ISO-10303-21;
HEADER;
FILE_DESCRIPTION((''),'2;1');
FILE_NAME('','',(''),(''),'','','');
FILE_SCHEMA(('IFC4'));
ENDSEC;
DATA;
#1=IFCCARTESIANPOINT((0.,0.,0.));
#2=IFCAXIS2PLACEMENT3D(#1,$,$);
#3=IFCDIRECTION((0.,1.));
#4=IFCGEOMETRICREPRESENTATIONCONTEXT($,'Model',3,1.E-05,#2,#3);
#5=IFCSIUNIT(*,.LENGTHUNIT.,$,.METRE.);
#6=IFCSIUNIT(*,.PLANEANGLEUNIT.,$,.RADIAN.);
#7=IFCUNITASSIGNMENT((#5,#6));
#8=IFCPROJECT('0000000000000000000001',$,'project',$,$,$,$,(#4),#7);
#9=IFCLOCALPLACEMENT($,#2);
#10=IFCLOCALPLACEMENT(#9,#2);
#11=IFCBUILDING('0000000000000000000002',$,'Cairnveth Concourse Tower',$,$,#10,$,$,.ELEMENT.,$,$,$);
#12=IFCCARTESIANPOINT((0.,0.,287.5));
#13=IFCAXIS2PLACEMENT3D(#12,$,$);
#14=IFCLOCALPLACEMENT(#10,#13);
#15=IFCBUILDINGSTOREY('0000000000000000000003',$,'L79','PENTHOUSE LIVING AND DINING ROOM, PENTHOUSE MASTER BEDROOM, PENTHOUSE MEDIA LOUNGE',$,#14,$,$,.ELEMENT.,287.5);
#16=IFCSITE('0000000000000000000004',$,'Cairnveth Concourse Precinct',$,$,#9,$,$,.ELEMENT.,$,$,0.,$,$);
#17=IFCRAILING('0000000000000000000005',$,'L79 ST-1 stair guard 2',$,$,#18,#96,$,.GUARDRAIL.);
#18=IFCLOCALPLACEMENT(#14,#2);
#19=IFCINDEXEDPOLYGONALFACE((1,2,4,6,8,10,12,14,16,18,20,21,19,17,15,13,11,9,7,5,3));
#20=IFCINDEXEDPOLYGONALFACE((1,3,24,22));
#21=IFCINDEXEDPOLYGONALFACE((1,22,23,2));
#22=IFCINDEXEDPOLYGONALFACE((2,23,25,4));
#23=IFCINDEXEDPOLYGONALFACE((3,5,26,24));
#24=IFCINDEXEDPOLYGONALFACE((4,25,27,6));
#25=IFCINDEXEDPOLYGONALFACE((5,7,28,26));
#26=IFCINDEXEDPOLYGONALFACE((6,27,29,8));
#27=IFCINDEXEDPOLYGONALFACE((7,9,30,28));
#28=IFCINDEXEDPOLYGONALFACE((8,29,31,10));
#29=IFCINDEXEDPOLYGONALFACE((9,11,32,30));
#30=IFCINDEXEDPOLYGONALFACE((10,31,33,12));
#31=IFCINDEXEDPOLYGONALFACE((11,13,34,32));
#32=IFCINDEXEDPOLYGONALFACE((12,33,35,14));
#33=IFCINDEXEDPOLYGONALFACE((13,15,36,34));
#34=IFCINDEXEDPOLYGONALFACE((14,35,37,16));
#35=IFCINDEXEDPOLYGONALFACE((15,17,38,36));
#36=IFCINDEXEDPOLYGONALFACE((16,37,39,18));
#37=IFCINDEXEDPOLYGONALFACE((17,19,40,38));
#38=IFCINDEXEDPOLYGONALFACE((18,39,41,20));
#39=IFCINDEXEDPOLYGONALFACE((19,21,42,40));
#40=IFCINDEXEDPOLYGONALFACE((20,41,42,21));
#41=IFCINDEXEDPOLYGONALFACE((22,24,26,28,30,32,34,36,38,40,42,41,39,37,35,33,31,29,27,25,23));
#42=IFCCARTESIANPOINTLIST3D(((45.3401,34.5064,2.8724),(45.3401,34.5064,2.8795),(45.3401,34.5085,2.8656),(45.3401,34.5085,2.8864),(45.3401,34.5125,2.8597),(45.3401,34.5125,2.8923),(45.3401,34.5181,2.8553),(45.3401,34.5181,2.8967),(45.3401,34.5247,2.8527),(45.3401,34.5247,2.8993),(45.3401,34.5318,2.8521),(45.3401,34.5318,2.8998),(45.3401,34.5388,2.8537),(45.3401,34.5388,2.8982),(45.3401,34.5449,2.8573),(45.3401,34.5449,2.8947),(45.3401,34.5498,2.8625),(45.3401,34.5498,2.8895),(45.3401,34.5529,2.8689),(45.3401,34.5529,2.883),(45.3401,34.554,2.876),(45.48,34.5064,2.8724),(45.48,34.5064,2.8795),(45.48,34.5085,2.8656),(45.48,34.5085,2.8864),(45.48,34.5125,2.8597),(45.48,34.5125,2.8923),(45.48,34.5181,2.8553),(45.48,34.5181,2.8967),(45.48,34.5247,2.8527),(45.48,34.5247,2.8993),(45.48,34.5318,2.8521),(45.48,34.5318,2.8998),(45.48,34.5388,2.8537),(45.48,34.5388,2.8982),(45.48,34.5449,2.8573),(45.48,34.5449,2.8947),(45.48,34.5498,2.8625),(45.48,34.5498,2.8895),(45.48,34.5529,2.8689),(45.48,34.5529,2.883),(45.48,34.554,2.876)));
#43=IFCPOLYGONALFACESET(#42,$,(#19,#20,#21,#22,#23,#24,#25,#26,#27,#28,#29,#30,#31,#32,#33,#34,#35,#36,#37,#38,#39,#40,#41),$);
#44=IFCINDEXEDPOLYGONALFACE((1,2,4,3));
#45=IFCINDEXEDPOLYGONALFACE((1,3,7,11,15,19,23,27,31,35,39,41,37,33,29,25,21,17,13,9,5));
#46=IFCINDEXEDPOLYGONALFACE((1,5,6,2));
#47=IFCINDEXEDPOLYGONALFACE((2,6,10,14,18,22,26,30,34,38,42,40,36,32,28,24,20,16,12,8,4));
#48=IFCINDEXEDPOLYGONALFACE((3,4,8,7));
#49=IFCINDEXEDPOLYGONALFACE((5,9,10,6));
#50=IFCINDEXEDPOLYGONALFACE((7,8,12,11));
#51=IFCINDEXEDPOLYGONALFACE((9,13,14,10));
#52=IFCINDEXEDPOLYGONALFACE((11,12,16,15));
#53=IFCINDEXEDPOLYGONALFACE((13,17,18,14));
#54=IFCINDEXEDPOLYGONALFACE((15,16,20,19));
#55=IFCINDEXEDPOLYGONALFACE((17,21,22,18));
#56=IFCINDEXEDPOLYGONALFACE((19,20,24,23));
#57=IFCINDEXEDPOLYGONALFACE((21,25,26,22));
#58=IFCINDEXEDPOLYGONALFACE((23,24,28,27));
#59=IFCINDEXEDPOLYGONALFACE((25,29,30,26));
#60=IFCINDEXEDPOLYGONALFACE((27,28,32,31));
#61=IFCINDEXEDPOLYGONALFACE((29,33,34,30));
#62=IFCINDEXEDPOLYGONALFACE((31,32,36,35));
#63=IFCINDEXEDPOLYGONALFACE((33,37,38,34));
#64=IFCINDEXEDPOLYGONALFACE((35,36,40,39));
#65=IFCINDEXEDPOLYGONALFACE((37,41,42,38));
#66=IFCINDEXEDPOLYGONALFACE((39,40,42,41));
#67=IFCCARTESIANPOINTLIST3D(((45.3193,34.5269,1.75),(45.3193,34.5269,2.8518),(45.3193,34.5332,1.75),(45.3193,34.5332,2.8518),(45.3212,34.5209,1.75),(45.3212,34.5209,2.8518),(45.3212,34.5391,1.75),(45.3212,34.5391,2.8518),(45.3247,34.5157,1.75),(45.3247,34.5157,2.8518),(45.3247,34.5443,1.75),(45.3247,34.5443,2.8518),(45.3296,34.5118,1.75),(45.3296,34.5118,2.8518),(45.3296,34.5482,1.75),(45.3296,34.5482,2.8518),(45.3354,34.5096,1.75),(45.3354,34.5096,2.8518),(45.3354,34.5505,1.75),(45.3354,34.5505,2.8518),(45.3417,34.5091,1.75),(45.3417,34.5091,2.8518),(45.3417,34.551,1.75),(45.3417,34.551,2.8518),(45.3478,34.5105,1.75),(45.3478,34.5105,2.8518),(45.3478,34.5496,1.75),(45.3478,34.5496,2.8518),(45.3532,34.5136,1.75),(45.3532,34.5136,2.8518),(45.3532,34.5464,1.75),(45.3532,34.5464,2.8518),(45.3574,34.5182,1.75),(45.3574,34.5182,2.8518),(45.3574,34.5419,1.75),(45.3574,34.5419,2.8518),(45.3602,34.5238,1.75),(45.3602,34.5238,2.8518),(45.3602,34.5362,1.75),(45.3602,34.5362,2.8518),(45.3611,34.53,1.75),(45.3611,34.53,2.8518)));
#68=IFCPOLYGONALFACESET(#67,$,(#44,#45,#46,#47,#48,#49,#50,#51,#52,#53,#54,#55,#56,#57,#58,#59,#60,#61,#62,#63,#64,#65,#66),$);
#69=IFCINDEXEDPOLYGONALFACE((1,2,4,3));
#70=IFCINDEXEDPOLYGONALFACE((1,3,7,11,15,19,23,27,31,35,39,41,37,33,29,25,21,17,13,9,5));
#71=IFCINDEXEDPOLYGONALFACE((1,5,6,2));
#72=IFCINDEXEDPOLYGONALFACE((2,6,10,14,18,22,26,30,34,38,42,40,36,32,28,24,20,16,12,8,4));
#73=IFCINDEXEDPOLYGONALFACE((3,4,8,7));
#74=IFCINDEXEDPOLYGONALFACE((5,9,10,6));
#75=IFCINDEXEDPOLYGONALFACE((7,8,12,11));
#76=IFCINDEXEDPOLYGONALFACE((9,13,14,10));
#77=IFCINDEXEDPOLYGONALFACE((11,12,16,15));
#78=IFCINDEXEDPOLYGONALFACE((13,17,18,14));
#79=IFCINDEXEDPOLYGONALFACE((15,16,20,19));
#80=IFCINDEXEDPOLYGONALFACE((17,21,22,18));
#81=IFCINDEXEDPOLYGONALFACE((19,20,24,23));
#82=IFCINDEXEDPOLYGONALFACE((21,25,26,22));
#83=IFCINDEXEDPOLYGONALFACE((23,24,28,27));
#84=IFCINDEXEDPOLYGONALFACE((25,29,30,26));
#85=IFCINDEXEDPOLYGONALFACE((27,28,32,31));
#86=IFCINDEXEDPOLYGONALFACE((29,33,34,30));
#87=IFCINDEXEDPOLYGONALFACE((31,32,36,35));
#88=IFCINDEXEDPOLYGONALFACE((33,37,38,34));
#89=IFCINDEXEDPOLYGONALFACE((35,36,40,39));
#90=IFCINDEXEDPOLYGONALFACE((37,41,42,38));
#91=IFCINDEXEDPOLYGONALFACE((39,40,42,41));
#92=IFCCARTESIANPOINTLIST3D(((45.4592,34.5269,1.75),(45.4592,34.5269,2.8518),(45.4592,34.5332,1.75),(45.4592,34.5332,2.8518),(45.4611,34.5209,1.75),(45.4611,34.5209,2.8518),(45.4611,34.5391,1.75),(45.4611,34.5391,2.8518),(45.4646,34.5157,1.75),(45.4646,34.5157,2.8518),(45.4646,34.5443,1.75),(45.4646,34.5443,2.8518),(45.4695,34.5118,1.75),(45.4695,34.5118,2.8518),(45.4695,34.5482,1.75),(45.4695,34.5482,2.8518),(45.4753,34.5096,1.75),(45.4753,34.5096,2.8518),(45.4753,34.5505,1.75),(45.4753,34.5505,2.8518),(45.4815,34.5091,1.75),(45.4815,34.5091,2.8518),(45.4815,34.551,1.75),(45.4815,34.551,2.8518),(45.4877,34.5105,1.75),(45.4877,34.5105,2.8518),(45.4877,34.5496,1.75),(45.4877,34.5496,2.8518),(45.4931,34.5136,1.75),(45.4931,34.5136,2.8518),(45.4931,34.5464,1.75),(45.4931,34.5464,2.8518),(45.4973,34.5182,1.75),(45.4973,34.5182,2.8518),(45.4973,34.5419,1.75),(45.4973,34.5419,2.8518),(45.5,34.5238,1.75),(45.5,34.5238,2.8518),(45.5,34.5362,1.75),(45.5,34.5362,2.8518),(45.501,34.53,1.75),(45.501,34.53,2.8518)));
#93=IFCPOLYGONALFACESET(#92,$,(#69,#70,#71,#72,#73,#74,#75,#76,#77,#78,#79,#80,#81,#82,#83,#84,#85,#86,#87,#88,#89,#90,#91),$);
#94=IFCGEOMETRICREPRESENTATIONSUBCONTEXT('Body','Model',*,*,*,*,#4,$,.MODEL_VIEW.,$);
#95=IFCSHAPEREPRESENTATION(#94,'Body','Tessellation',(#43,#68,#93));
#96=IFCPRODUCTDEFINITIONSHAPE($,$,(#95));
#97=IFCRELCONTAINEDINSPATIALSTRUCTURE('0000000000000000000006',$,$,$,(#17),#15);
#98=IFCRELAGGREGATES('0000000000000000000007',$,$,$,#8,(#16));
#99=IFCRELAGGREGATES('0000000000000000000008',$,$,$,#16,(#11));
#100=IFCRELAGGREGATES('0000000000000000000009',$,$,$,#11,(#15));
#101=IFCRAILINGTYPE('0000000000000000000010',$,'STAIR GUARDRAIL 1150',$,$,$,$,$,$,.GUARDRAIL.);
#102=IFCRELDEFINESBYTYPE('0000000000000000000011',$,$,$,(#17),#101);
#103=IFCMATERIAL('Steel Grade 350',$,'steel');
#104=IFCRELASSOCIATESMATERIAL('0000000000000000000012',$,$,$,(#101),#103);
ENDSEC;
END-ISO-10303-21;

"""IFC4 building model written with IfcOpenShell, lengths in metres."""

from ifc_helpers import new_model, si_unit, direction, frame, origin, origin_2d, place, context, subcontext, project, spatial, circle, extrude, material, type_object, element, save


model = new_model("IFC4")

# Units and contexts
model_context = context("Model", 3, precision=1e-05, world=origin(), true_north=direction((0.0, 1.0)))
body_context = subcontext(model_context, "Body", "Model", "MODEL_VIEW")
ifc_project = project(units=[si_unit("LENGTHUNIT", "METRE"), si_unit("PLANEANGLEUNIT", "RADIAN")], contexts=[model_context])

# Site, building, storey
site_placement = place(None, origin())
site = spatial("IfcSite", under=ifc_project, at=site_placement, Name="Cairnveth Concourse Precinct", CompositionType="ELEMENT", RefElevation=0.0)
building_placement = place(site_placement, origin())
building = spatial("IfcBuilding", under=site, at=building_placement, Name="Cairnveth Concourse Tower", CompositionType="ELEMENT")
storey_placement = place(building_placement, frame((0.0, 0.0, 287.5)))
storey = spatial("IfcBuildingStorey", under=building, at=storey_placement, Name="L79", Description="PENTHOUSE LIVING AND DINING ROOM, PENTHOUSE MASTER BEDROOM, PENTHOUSE MEDIA LOUNGE", CompositionType="ELEMENT", Elevation=287.5)

# Shared definitions
ifc_material_1 = material(Name="Steel Grade 350", Category="steel")

# Railing
railing_type_1 = type_object("IfcRailingType", Name="STAIR GUARDRAIL 1150", PredefinedType="GUARDRAIL", material=ifc_material_1)
railing_1_placement = place(storey_placement, frame((45.3401, 34.53, 1.75)))
element("IfcRailing", 1, at=railing_1_placement, inside=storey, type_object=railing_type_1, Name="L79 ST-1 stair guard 2", PredefinedType="GUARDRAIL", context=body_context, shape_type="SweptSolid", body=[
    extrude(circle(Radius=0.0239, at=origin_2d()), frame((0.0, 0.0, 1.126), z_axis=(1.0, 0.0, 0.0), x_axis=(0.0, 1.0, 0.0)), (0.0, 0.0, 1.0), 0.1399),
    extrude(circle(Radius=0.021, at=origin_2d()), origin(), (0.0, 0.0, 1.0), 1.1018),
    extrude(circle(Radius=0.021, at=origin_2d()), frame((0.1399, 0.0, 0.0)), (0.0, 0.0, 1.0), 1.1018),
])

save(model, "model.ifc")
